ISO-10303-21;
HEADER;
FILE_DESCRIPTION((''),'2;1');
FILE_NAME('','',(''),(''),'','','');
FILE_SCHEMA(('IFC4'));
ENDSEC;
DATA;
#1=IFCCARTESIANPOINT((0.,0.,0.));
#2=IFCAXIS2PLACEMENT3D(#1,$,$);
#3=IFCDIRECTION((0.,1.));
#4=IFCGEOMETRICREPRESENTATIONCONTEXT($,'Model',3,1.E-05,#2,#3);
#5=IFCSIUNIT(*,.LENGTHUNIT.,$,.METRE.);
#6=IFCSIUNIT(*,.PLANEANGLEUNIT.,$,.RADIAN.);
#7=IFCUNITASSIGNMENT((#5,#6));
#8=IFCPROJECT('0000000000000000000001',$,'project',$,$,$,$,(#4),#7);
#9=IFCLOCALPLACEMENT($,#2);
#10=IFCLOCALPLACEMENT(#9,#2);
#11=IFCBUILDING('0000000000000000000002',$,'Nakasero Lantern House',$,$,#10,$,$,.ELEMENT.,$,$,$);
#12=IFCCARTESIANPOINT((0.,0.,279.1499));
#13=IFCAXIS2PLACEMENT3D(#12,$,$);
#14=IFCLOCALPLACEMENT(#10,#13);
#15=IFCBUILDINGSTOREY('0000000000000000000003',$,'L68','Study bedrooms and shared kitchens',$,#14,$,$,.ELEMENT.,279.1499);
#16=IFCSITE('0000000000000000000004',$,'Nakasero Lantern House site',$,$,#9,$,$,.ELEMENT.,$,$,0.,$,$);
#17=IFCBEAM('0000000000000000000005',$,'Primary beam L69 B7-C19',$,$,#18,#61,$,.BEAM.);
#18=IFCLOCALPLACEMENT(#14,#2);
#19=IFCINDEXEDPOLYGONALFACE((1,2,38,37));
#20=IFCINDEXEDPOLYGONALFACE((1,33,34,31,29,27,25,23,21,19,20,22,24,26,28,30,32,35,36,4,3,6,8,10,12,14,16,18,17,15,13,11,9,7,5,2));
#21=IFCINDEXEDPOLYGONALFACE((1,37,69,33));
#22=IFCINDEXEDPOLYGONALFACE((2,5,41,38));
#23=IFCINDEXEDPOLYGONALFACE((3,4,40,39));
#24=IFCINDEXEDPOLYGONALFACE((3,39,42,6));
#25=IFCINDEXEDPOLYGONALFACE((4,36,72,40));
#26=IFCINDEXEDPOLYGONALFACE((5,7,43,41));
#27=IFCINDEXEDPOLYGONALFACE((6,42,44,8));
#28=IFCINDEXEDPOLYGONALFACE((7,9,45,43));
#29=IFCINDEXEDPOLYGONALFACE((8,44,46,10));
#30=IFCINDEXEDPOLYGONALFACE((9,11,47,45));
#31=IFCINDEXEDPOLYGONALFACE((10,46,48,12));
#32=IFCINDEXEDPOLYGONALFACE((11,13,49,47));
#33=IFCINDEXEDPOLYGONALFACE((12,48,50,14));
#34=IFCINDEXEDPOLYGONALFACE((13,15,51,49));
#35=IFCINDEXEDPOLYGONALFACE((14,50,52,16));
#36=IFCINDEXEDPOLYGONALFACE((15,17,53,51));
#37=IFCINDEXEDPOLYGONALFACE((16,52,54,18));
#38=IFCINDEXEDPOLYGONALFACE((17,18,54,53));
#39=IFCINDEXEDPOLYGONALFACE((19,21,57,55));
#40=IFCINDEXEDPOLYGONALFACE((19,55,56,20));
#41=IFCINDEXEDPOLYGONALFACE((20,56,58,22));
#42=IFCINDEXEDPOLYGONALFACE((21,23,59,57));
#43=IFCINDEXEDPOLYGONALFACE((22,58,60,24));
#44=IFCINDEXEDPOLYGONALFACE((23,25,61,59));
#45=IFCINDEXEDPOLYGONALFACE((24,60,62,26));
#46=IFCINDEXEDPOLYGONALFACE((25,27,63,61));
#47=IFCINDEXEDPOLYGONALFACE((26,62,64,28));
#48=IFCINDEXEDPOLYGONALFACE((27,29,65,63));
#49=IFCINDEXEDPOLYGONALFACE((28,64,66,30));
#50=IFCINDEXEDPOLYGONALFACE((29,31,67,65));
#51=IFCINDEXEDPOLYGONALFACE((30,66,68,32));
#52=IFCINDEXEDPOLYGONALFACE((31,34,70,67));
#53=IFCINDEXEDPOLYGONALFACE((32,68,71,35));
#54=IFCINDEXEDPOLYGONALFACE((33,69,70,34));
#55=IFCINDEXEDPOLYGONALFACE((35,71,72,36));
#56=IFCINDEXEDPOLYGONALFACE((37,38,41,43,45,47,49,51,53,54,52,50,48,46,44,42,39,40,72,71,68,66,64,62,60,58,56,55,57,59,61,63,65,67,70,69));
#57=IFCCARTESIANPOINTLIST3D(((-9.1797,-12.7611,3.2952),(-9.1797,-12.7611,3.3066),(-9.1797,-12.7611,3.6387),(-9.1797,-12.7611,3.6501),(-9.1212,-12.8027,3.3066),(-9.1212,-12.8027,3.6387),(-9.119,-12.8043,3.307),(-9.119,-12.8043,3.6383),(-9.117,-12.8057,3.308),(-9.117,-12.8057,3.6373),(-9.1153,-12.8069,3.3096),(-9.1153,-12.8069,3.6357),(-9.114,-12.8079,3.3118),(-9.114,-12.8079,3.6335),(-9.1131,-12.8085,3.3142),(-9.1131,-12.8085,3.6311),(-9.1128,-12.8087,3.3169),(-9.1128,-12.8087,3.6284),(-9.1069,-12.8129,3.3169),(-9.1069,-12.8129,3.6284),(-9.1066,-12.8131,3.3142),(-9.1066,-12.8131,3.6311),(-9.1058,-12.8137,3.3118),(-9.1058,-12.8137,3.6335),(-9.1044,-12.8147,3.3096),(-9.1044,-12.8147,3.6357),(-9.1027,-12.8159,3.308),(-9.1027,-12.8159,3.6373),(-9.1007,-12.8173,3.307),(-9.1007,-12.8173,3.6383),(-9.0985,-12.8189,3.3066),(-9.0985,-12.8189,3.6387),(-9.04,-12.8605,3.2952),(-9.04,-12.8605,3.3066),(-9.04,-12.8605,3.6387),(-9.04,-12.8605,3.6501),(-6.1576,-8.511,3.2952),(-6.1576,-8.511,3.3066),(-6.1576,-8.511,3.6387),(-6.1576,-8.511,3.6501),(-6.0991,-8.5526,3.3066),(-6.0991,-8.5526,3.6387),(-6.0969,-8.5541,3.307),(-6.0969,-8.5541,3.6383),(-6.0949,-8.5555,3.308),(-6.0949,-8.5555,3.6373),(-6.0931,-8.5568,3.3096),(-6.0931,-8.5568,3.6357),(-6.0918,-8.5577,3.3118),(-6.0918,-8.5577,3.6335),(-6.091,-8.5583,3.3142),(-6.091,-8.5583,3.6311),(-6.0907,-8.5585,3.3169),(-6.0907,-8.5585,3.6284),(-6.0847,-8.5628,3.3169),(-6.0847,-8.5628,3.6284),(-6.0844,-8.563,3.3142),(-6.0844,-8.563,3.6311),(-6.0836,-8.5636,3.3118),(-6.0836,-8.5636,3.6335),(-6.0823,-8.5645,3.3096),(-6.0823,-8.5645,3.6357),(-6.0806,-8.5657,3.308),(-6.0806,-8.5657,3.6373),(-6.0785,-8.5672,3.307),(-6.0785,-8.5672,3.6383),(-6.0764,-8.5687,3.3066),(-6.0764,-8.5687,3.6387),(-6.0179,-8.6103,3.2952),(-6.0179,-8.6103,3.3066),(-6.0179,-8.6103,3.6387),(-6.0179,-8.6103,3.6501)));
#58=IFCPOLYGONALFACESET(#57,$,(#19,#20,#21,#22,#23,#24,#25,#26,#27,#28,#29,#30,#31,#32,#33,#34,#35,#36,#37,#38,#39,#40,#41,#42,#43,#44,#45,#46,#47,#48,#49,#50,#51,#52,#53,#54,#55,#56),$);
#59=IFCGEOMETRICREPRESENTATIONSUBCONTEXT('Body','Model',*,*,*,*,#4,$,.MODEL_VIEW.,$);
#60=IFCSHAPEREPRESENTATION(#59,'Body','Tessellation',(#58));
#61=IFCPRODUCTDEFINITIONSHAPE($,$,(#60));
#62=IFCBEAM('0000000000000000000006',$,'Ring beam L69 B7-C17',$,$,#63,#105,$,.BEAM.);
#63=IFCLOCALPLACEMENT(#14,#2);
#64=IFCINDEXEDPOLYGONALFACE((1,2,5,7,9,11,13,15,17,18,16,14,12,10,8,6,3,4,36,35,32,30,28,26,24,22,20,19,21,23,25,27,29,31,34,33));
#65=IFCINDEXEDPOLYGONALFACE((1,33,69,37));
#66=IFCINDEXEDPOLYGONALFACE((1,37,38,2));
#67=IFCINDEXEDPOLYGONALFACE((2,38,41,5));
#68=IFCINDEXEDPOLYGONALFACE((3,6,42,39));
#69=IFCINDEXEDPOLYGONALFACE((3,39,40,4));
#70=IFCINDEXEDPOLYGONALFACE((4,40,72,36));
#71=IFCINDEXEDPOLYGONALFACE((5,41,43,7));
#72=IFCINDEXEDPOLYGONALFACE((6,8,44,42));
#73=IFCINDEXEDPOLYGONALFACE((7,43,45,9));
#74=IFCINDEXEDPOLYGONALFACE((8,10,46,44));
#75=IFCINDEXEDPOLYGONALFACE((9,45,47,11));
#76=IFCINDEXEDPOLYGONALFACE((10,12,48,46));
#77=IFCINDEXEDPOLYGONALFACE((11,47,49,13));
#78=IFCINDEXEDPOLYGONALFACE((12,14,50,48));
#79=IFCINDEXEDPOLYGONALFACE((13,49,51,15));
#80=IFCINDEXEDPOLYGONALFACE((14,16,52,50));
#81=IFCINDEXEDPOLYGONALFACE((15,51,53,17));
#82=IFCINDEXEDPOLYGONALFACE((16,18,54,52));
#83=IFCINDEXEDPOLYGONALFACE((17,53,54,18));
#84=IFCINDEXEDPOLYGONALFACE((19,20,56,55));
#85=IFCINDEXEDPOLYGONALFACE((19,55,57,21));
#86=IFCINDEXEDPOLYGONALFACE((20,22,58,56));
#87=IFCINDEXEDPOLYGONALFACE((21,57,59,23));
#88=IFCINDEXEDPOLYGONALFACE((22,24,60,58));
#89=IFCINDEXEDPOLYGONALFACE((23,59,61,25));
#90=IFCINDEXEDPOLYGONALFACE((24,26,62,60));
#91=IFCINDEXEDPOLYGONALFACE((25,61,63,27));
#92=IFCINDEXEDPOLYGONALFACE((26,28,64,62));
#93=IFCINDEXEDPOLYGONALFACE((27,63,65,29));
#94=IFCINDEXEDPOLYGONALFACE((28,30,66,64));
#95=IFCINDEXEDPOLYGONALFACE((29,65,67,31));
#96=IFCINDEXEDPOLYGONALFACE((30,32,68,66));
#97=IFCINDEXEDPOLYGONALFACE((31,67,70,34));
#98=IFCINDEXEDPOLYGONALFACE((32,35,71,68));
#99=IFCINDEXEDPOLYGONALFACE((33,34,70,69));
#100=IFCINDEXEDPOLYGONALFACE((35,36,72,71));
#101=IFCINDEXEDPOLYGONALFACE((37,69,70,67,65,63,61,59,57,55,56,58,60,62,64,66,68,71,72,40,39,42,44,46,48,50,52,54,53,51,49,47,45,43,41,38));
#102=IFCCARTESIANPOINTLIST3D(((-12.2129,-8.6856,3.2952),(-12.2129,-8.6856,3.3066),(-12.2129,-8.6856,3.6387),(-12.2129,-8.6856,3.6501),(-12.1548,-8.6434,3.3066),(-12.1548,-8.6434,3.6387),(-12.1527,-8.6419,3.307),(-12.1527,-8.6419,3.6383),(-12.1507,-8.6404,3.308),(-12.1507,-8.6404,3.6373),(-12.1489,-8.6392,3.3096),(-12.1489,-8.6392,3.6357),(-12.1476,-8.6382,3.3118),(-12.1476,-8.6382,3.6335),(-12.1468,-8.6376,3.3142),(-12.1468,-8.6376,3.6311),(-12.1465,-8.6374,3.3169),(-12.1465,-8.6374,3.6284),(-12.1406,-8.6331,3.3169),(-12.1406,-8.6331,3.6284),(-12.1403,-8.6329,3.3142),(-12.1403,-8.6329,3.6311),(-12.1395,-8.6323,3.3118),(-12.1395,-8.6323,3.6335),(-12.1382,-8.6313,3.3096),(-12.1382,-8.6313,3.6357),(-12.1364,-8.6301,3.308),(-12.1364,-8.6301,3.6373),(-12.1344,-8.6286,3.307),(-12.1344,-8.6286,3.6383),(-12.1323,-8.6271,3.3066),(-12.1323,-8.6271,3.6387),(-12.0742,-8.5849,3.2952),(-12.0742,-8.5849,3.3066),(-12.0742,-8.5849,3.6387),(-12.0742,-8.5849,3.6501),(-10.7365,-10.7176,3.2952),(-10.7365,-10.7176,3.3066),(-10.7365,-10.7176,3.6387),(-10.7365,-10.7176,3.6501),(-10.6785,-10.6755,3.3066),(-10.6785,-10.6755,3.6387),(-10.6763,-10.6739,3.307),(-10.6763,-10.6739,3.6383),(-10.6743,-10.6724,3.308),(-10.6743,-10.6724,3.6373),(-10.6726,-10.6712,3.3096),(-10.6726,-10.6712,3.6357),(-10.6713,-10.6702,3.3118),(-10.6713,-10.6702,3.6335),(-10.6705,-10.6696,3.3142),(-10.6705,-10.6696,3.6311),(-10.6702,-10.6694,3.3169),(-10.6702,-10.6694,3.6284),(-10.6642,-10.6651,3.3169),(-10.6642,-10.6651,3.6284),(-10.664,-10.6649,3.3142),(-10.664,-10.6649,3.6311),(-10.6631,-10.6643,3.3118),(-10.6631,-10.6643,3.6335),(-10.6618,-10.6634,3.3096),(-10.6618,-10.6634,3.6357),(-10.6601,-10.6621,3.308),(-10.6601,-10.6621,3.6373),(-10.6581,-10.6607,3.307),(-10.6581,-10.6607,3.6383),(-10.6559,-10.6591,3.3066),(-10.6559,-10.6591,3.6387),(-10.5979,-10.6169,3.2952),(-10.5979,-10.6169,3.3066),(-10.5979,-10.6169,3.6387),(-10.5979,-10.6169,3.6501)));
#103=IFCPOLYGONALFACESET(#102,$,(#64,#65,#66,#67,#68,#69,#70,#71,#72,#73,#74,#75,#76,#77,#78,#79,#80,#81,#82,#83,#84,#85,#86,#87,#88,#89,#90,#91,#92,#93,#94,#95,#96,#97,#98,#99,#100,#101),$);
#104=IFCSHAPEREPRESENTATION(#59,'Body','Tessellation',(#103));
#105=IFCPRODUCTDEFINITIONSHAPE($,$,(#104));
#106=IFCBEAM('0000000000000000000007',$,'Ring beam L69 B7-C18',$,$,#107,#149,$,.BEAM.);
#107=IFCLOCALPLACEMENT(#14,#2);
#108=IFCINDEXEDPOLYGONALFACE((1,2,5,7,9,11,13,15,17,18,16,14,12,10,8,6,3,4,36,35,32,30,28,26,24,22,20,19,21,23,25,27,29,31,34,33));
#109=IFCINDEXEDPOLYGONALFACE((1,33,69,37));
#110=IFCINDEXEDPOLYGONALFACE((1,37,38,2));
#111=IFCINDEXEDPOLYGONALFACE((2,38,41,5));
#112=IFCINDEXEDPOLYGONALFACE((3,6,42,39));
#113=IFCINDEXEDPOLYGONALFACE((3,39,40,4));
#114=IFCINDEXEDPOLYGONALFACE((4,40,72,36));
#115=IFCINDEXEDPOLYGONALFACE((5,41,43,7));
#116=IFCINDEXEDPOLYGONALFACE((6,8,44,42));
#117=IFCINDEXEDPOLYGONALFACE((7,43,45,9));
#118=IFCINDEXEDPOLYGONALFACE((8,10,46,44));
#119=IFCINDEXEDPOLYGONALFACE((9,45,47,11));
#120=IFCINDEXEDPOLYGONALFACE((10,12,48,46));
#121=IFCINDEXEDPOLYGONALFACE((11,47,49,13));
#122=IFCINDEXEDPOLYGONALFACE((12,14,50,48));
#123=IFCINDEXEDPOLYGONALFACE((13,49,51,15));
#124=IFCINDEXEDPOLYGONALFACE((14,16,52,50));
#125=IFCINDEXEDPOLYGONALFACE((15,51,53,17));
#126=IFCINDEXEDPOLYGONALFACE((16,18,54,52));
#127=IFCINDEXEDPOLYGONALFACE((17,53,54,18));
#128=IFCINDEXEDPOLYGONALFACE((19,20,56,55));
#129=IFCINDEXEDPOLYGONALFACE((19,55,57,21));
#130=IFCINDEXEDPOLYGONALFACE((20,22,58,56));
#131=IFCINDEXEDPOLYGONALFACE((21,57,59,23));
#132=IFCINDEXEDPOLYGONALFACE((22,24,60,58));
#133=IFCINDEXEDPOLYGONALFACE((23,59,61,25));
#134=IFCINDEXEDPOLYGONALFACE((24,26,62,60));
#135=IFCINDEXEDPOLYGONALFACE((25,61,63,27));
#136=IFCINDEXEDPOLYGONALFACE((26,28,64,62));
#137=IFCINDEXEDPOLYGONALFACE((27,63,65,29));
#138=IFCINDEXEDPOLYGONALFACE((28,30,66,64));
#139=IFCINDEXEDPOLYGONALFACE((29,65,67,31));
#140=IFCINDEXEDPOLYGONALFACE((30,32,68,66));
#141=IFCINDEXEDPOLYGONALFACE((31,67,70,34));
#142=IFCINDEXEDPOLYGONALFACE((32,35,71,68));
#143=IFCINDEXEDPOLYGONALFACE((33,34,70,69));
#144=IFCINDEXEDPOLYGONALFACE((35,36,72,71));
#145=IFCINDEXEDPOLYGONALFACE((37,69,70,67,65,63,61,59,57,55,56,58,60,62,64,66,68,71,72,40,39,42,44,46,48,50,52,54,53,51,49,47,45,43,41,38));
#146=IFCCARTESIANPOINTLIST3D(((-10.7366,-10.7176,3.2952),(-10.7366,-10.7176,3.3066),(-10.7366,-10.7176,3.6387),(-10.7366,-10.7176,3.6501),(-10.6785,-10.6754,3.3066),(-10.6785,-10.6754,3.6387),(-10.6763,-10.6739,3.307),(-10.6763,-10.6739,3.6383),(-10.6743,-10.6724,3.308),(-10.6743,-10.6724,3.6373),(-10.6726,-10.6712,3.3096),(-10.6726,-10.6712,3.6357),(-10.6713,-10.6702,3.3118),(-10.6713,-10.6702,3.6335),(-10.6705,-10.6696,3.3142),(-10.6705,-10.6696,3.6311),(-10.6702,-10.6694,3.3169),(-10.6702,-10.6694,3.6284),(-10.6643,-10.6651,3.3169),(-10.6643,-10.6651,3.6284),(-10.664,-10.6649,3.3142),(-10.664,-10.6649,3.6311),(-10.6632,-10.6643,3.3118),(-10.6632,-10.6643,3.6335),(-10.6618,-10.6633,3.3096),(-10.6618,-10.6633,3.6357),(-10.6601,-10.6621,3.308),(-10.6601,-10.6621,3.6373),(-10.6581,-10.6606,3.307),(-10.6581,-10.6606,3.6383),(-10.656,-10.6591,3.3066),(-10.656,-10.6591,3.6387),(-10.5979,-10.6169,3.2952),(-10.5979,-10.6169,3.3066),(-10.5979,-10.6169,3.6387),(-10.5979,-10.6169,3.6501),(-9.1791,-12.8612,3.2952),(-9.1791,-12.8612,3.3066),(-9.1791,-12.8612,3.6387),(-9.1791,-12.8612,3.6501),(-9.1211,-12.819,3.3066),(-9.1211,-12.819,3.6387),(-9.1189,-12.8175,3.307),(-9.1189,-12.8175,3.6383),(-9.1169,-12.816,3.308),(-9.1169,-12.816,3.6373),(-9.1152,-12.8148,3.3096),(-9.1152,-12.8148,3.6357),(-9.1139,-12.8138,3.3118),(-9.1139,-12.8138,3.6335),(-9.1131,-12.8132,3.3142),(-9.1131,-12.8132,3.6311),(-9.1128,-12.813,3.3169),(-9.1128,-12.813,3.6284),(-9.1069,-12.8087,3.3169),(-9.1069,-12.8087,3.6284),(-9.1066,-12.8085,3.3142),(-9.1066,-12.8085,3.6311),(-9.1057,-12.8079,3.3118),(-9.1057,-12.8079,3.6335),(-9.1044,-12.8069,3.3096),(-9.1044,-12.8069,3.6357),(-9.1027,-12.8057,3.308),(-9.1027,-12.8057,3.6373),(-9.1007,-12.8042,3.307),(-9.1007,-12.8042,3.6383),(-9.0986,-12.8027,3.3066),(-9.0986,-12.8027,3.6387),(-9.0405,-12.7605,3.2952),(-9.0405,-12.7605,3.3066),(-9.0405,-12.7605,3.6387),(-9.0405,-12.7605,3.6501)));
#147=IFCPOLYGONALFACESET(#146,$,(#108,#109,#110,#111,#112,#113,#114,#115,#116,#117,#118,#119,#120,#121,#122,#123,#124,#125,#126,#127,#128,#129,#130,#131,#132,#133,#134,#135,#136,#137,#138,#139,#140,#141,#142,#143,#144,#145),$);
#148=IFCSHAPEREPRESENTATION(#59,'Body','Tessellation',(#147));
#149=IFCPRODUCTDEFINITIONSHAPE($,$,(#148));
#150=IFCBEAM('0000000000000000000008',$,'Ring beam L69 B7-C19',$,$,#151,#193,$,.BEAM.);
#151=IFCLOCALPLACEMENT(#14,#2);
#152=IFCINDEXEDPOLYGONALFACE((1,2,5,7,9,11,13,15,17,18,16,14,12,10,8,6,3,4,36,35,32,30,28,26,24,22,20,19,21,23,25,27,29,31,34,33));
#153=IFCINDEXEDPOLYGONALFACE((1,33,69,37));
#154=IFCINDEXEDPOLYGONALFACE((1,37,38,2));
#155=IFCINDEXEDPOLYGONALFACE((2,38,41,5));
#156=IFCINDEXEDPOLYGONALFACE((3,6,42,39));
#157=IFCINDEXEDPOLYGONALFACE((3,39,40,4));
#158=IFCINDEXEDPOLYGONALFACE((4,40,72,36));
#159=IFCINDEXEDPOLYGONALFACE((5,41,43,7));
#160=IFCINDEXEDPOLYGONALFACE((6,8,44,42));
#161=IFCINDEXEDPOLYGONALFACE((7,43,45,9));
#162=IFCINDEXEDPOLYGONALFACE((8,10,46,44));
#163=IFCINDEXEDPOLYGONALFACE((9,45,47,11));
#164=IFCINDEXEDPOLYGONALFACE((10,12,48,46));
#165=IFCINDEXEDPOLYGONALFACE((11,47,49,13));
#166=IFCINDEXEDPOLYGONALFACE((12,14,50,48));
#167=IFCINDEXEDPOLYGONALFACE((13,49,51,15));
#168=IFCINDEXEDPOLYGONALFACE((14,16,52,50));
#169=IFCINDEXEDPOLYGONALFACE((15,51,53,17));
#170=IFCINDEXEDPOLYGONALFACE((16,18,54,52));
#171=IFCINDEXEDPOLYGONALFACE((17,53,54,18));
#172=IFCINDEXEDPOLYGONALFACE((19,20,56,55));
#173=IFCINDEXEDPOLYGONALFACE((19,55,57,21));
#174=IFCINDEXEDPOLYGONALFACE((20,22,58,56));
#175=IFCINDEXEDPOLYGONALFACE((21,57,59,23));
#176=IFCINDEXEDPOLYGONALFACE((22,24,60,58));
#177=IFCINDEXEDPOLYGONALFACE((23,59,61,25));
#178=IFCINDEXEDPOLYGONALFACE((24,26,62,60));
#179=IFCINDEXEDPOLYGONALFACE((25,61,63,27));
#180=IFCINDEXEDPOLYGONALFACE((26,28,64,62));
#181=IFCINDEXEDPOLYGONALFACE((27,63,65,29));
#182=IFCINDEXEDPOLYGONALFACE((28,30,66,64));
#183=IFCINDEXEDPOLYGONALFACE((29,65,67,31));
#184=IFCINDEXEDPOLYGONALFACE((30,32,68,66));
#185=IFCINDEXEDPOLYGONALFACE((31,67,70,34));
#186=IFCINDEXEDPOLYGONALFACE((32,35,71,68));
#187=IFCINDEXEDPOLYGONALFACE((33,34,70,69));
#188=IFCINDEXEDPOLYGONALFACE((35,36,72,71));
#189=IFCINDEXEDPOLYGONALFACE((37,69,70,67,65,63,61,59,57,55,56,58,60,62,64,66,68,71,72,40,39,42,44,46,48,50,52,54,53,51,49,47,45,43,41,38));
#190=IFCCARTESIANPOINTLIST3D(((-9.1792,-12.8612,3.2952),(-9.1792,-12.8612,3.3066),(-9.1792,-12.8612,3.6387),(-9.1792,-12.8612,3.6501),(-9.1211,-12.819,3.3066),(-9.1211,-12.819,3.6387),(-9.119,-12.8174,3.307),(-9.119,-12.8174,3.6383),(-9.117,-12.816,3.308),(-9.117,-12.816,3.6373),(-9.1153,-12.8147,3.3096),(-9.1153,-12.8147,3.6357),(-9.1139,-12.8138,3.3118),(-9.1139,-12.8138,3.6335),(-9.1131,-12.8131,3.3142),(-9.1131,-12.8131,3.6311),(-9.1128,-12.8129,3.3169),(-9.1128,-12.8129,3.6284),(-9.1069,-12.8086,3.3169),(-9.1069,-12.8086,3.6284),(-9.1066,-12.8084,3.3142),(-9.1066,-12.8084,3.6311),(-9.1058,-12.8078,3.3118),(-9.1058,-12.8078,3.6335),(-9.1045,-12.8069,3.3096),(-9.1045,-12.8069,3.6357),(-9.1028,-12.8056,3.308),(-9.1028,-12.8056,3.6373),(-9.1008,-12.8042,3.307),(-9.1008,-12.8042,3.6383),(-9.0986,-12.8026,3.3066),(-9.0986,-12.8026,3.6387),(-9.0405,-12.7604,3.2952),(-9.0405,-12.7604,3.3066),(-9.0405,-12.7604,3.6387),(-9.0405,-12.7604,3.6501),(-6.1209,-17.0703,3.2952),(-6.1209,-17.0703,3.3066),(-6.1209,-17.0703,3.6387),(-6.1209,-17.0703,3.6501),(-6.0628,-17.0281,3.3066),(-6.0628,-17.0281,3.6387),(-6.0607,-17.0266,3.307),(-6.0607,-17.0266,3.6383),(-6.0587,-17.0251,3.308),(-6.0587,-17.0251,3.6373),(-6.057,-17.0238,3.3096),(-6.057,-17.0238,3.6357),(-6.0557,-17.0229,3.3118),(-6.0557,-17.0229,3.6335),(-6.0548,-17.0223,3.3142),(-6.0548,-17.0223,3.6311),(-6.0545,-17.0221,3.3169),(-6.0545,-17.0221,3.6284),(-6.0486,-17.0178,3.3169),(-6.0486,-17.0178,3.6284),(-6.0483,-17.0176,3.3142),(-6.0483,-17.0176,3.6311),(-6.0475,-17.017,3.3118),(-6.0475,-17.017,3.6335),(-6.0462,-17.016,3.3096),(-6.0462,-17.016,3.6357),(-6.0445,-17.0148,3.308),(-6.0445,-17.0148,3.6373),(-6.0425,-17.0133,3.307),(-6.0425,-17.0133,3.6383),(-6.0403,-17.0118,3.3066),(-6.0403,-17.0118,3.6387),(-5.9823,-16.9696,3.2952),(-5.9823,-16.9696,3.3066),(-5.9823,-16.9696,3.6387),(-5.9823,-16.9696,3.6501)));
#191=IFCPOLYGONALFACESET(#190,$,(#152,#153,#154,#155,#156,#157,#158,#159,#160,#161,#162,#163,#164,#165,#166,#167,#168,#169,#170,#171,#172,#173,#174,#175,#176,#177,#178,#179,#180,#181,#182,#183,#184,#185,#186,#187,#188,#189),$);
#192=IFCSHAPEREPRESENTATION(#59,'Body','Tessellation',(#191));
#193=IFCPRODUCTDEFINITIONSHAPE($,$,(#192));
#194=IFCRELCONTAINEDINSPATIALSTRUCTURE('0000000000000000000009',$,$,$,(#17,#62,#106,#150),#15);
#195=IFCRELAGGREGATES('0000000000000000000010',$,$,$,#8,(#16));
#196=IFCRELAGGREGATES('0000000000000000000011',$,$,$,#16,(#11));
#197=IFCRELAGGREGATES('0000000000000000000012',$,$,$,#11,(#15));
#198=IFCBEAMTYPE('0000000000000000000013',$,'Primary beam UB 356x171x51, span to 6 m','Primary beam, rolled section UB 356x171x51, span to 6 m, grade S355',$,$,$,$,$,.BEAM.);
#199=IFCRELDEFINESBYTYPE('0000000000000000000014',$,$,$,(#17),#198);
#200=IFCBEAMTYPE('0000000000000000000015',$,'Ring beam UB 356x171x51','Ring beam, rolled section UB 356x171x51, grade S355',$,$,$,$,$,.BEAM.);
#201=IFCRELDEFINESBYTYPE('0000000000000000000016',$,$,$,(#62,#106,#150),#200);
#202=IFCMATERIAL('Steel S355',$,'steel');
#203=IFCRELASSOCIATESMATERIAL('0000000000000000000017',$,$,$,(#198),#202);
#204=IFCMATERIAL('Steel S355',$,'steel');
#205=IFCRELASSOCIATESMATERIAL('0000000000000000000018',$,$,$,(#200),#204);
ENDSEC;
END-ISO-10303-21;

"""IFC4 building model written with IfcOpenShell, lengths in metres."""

from ifc_helpers import new_model, si_unit, direction, frame, origin, origin_2d, place, context, subcontext, project, spatial, i_section, extrude, material, material_profile, profile_set, type_object, element, save


model = new_model("IFC4")

# Units and contexts
model_context = context("Model", 3, precision=1e-05, world=origin(), true_north=direction((0.0, 1.0)))
body_context = subcontext(model_context, "Body", "Model", "MODEL_VIEW")
ifc_project = project(units=[si_unit("LENGTHUNIT", "METRE"), si_unit("PLANEANGLEUNIT", "RADIAN")], contexts=[model_context])

# Site, building, storey
site_placement = place(None, origin())
site = spatial("IfcSite", under=ifc_project, at=site_placement, Name="Nakasero Lantern House site", CompositionType="ELEMENT", RefElevation=0.0)
building_placement = place(site_placement, origin())
building = spatial("IfcBuilding", under=site, at=building_placement, Name="Nakasero Lantern House", CompositionType="ELEMENT")
storey_placement = place(building_placement, frame((0.0, 0.0, 279.1499)))
storey = spatial("IfcBuildingStorey", under=building, at=storey_placement, Name="L68", Description="Study bedrooms and shared kitchens", CompositionType="ELEMENT", Elevation=279.1499)

# Beams
ifc_material_1 = material(Name="Steel S355", Category="steel")
ifc_material_profile_1 = material_profile(ifc_material_1, i_section(OverallWidth=0.1714, OverallDepth=0.355, WebThickness=0.0073, FlangeThickness=0.0115, FilletRadius=0.0103, at=origin_2d()), Name="UB 356x171x51")
ifc_profile_set_1 = profile_set([ifc_material_profile_1], Name="Steel S355")
beam_type_1 = type_object("IfcBeamType", Name="Primary beam UB 356x171x51, span to 6 m", Description="Primary beam, rolled section UB 356x171x51, span to 6 m, grade S355", PredefinedType="BEAM", material=ifc_profile_set_1)
beam_1_placement = place(storey_placement, frame((-9.1099, -12.8108, 3.4727), z_axis=(0.579501, 0.814972, 0.0), x_axis=(-0.814972, 0.579501, 0.0)))
element("IfcBeam", 1, at=beam_1_placement, inside=storey, type_object=beam_type_1, Name="Primary beam L69 B7-C19", PredefinedType="BEAM", context=body_context, shape_type="SweptSolid", body=[
    extrude(i_section(OverallWidth=0.1714, OverallDepth=0.355, WebThickness=0.0073, FlangeThickness=0.0115, FilletRadius=0.0103, at=origin_2d()), origin(), (0.0, 0.0, 1.0), 5.2151),
])
ifc_material_2 = material(Name="Steel S355", Category="steel")
ifc_material_profile_2 = material_profile(ifc_material_2, i_section(OverallWidth=0.1714, OverallDepth=0.355, WebThickness=0.0073, FlangeThickness=0.0115, FilletRadius=0.0103, at=origin_2d()), Name="UB 356x171x51")
ifc_profile_set_2 = profile_set([ifc_material_profile_2], Name="Steel S355")
beam_type_2 = type_object("IfcBeamType", Name="Ring beam UB 356x171x51", Description="Ring beam, rolled section UB 356x171x51, grade S355", PredefinedType="BEAM", material=ifc_profile_set_2)
beam_2_placement = place(storey_placement, frame((-12.1436, -8.6353, 3.4727), z_axis=(0.587784, -0.809018, 0.0), x_axis=(0.809018, 0.587784, 0.0)))
element("IfcBeam", 2, at=beam_2_placement, inside=storey, type_object=beam_type_2, Name="Ring beam L69 B7-C17", PredefinedType="BEAM", context=body_context, shape_type="SweptSolid", body=[
    extrude(i_section(OverallWidth=0.1714, OverallDepth=0.355, WebThickness=0.0073, FlangeThickness=0.0115, FilletRadius=0.0103, at=origin_2d()), origin(), (0.0, 0.0, 1.0), 2.5117),
])
beam_3_placement = place(storey_placement, frame((-10.6672, -10.6672, 3.4727), z_axis=(0.587783, -0.809019, 0.0), x_axis=(0.809019, 0.587783, 0.0)))
element("IfcBeam", 3, at=beam_3_placement, inside=storey, type_object=beam_type_2, Name="Ring beam L69 B7-C18", PredefinedType="BEAM", context=body_context, shape_type="SweptSolid", body=[
    extrude(i_section(OverallWidth=0.1714, OverallDepth=0.355, WebThickness=0.0073, FlangeThickness=0.0115, FilletRadius=0.0103, at=origin_2d()), origin(), (0.0, 0.0, 1.0), 2.6497),
])
beam_4_placement = place(storey_placement, frame((-9.1099, -12.8108, 3.4727), z_axis=(0.587806, -0.809002, 0.0), x_axis=(0.809002, 0.587806, 0.0)))
element("IfcBeam", 4, at=beam_4_placement, inside=storey, type_object=beam_type_2, Name="Ring beam L69 B7-C19", PredefinedType="BEAM", context=body_context, shape_type="SweptSolid", body=[
    extrude(i_section(OverallWidth=0.1714, OverallDepth=0.355, WebThickness=0.0073, FlangeThickness=0.0115, FilletRadius=0.0103, at=origin_2d()), origin(), (0.0, 0.0, 1.0), 5.2029),
])

save(model, "model.ifc")
